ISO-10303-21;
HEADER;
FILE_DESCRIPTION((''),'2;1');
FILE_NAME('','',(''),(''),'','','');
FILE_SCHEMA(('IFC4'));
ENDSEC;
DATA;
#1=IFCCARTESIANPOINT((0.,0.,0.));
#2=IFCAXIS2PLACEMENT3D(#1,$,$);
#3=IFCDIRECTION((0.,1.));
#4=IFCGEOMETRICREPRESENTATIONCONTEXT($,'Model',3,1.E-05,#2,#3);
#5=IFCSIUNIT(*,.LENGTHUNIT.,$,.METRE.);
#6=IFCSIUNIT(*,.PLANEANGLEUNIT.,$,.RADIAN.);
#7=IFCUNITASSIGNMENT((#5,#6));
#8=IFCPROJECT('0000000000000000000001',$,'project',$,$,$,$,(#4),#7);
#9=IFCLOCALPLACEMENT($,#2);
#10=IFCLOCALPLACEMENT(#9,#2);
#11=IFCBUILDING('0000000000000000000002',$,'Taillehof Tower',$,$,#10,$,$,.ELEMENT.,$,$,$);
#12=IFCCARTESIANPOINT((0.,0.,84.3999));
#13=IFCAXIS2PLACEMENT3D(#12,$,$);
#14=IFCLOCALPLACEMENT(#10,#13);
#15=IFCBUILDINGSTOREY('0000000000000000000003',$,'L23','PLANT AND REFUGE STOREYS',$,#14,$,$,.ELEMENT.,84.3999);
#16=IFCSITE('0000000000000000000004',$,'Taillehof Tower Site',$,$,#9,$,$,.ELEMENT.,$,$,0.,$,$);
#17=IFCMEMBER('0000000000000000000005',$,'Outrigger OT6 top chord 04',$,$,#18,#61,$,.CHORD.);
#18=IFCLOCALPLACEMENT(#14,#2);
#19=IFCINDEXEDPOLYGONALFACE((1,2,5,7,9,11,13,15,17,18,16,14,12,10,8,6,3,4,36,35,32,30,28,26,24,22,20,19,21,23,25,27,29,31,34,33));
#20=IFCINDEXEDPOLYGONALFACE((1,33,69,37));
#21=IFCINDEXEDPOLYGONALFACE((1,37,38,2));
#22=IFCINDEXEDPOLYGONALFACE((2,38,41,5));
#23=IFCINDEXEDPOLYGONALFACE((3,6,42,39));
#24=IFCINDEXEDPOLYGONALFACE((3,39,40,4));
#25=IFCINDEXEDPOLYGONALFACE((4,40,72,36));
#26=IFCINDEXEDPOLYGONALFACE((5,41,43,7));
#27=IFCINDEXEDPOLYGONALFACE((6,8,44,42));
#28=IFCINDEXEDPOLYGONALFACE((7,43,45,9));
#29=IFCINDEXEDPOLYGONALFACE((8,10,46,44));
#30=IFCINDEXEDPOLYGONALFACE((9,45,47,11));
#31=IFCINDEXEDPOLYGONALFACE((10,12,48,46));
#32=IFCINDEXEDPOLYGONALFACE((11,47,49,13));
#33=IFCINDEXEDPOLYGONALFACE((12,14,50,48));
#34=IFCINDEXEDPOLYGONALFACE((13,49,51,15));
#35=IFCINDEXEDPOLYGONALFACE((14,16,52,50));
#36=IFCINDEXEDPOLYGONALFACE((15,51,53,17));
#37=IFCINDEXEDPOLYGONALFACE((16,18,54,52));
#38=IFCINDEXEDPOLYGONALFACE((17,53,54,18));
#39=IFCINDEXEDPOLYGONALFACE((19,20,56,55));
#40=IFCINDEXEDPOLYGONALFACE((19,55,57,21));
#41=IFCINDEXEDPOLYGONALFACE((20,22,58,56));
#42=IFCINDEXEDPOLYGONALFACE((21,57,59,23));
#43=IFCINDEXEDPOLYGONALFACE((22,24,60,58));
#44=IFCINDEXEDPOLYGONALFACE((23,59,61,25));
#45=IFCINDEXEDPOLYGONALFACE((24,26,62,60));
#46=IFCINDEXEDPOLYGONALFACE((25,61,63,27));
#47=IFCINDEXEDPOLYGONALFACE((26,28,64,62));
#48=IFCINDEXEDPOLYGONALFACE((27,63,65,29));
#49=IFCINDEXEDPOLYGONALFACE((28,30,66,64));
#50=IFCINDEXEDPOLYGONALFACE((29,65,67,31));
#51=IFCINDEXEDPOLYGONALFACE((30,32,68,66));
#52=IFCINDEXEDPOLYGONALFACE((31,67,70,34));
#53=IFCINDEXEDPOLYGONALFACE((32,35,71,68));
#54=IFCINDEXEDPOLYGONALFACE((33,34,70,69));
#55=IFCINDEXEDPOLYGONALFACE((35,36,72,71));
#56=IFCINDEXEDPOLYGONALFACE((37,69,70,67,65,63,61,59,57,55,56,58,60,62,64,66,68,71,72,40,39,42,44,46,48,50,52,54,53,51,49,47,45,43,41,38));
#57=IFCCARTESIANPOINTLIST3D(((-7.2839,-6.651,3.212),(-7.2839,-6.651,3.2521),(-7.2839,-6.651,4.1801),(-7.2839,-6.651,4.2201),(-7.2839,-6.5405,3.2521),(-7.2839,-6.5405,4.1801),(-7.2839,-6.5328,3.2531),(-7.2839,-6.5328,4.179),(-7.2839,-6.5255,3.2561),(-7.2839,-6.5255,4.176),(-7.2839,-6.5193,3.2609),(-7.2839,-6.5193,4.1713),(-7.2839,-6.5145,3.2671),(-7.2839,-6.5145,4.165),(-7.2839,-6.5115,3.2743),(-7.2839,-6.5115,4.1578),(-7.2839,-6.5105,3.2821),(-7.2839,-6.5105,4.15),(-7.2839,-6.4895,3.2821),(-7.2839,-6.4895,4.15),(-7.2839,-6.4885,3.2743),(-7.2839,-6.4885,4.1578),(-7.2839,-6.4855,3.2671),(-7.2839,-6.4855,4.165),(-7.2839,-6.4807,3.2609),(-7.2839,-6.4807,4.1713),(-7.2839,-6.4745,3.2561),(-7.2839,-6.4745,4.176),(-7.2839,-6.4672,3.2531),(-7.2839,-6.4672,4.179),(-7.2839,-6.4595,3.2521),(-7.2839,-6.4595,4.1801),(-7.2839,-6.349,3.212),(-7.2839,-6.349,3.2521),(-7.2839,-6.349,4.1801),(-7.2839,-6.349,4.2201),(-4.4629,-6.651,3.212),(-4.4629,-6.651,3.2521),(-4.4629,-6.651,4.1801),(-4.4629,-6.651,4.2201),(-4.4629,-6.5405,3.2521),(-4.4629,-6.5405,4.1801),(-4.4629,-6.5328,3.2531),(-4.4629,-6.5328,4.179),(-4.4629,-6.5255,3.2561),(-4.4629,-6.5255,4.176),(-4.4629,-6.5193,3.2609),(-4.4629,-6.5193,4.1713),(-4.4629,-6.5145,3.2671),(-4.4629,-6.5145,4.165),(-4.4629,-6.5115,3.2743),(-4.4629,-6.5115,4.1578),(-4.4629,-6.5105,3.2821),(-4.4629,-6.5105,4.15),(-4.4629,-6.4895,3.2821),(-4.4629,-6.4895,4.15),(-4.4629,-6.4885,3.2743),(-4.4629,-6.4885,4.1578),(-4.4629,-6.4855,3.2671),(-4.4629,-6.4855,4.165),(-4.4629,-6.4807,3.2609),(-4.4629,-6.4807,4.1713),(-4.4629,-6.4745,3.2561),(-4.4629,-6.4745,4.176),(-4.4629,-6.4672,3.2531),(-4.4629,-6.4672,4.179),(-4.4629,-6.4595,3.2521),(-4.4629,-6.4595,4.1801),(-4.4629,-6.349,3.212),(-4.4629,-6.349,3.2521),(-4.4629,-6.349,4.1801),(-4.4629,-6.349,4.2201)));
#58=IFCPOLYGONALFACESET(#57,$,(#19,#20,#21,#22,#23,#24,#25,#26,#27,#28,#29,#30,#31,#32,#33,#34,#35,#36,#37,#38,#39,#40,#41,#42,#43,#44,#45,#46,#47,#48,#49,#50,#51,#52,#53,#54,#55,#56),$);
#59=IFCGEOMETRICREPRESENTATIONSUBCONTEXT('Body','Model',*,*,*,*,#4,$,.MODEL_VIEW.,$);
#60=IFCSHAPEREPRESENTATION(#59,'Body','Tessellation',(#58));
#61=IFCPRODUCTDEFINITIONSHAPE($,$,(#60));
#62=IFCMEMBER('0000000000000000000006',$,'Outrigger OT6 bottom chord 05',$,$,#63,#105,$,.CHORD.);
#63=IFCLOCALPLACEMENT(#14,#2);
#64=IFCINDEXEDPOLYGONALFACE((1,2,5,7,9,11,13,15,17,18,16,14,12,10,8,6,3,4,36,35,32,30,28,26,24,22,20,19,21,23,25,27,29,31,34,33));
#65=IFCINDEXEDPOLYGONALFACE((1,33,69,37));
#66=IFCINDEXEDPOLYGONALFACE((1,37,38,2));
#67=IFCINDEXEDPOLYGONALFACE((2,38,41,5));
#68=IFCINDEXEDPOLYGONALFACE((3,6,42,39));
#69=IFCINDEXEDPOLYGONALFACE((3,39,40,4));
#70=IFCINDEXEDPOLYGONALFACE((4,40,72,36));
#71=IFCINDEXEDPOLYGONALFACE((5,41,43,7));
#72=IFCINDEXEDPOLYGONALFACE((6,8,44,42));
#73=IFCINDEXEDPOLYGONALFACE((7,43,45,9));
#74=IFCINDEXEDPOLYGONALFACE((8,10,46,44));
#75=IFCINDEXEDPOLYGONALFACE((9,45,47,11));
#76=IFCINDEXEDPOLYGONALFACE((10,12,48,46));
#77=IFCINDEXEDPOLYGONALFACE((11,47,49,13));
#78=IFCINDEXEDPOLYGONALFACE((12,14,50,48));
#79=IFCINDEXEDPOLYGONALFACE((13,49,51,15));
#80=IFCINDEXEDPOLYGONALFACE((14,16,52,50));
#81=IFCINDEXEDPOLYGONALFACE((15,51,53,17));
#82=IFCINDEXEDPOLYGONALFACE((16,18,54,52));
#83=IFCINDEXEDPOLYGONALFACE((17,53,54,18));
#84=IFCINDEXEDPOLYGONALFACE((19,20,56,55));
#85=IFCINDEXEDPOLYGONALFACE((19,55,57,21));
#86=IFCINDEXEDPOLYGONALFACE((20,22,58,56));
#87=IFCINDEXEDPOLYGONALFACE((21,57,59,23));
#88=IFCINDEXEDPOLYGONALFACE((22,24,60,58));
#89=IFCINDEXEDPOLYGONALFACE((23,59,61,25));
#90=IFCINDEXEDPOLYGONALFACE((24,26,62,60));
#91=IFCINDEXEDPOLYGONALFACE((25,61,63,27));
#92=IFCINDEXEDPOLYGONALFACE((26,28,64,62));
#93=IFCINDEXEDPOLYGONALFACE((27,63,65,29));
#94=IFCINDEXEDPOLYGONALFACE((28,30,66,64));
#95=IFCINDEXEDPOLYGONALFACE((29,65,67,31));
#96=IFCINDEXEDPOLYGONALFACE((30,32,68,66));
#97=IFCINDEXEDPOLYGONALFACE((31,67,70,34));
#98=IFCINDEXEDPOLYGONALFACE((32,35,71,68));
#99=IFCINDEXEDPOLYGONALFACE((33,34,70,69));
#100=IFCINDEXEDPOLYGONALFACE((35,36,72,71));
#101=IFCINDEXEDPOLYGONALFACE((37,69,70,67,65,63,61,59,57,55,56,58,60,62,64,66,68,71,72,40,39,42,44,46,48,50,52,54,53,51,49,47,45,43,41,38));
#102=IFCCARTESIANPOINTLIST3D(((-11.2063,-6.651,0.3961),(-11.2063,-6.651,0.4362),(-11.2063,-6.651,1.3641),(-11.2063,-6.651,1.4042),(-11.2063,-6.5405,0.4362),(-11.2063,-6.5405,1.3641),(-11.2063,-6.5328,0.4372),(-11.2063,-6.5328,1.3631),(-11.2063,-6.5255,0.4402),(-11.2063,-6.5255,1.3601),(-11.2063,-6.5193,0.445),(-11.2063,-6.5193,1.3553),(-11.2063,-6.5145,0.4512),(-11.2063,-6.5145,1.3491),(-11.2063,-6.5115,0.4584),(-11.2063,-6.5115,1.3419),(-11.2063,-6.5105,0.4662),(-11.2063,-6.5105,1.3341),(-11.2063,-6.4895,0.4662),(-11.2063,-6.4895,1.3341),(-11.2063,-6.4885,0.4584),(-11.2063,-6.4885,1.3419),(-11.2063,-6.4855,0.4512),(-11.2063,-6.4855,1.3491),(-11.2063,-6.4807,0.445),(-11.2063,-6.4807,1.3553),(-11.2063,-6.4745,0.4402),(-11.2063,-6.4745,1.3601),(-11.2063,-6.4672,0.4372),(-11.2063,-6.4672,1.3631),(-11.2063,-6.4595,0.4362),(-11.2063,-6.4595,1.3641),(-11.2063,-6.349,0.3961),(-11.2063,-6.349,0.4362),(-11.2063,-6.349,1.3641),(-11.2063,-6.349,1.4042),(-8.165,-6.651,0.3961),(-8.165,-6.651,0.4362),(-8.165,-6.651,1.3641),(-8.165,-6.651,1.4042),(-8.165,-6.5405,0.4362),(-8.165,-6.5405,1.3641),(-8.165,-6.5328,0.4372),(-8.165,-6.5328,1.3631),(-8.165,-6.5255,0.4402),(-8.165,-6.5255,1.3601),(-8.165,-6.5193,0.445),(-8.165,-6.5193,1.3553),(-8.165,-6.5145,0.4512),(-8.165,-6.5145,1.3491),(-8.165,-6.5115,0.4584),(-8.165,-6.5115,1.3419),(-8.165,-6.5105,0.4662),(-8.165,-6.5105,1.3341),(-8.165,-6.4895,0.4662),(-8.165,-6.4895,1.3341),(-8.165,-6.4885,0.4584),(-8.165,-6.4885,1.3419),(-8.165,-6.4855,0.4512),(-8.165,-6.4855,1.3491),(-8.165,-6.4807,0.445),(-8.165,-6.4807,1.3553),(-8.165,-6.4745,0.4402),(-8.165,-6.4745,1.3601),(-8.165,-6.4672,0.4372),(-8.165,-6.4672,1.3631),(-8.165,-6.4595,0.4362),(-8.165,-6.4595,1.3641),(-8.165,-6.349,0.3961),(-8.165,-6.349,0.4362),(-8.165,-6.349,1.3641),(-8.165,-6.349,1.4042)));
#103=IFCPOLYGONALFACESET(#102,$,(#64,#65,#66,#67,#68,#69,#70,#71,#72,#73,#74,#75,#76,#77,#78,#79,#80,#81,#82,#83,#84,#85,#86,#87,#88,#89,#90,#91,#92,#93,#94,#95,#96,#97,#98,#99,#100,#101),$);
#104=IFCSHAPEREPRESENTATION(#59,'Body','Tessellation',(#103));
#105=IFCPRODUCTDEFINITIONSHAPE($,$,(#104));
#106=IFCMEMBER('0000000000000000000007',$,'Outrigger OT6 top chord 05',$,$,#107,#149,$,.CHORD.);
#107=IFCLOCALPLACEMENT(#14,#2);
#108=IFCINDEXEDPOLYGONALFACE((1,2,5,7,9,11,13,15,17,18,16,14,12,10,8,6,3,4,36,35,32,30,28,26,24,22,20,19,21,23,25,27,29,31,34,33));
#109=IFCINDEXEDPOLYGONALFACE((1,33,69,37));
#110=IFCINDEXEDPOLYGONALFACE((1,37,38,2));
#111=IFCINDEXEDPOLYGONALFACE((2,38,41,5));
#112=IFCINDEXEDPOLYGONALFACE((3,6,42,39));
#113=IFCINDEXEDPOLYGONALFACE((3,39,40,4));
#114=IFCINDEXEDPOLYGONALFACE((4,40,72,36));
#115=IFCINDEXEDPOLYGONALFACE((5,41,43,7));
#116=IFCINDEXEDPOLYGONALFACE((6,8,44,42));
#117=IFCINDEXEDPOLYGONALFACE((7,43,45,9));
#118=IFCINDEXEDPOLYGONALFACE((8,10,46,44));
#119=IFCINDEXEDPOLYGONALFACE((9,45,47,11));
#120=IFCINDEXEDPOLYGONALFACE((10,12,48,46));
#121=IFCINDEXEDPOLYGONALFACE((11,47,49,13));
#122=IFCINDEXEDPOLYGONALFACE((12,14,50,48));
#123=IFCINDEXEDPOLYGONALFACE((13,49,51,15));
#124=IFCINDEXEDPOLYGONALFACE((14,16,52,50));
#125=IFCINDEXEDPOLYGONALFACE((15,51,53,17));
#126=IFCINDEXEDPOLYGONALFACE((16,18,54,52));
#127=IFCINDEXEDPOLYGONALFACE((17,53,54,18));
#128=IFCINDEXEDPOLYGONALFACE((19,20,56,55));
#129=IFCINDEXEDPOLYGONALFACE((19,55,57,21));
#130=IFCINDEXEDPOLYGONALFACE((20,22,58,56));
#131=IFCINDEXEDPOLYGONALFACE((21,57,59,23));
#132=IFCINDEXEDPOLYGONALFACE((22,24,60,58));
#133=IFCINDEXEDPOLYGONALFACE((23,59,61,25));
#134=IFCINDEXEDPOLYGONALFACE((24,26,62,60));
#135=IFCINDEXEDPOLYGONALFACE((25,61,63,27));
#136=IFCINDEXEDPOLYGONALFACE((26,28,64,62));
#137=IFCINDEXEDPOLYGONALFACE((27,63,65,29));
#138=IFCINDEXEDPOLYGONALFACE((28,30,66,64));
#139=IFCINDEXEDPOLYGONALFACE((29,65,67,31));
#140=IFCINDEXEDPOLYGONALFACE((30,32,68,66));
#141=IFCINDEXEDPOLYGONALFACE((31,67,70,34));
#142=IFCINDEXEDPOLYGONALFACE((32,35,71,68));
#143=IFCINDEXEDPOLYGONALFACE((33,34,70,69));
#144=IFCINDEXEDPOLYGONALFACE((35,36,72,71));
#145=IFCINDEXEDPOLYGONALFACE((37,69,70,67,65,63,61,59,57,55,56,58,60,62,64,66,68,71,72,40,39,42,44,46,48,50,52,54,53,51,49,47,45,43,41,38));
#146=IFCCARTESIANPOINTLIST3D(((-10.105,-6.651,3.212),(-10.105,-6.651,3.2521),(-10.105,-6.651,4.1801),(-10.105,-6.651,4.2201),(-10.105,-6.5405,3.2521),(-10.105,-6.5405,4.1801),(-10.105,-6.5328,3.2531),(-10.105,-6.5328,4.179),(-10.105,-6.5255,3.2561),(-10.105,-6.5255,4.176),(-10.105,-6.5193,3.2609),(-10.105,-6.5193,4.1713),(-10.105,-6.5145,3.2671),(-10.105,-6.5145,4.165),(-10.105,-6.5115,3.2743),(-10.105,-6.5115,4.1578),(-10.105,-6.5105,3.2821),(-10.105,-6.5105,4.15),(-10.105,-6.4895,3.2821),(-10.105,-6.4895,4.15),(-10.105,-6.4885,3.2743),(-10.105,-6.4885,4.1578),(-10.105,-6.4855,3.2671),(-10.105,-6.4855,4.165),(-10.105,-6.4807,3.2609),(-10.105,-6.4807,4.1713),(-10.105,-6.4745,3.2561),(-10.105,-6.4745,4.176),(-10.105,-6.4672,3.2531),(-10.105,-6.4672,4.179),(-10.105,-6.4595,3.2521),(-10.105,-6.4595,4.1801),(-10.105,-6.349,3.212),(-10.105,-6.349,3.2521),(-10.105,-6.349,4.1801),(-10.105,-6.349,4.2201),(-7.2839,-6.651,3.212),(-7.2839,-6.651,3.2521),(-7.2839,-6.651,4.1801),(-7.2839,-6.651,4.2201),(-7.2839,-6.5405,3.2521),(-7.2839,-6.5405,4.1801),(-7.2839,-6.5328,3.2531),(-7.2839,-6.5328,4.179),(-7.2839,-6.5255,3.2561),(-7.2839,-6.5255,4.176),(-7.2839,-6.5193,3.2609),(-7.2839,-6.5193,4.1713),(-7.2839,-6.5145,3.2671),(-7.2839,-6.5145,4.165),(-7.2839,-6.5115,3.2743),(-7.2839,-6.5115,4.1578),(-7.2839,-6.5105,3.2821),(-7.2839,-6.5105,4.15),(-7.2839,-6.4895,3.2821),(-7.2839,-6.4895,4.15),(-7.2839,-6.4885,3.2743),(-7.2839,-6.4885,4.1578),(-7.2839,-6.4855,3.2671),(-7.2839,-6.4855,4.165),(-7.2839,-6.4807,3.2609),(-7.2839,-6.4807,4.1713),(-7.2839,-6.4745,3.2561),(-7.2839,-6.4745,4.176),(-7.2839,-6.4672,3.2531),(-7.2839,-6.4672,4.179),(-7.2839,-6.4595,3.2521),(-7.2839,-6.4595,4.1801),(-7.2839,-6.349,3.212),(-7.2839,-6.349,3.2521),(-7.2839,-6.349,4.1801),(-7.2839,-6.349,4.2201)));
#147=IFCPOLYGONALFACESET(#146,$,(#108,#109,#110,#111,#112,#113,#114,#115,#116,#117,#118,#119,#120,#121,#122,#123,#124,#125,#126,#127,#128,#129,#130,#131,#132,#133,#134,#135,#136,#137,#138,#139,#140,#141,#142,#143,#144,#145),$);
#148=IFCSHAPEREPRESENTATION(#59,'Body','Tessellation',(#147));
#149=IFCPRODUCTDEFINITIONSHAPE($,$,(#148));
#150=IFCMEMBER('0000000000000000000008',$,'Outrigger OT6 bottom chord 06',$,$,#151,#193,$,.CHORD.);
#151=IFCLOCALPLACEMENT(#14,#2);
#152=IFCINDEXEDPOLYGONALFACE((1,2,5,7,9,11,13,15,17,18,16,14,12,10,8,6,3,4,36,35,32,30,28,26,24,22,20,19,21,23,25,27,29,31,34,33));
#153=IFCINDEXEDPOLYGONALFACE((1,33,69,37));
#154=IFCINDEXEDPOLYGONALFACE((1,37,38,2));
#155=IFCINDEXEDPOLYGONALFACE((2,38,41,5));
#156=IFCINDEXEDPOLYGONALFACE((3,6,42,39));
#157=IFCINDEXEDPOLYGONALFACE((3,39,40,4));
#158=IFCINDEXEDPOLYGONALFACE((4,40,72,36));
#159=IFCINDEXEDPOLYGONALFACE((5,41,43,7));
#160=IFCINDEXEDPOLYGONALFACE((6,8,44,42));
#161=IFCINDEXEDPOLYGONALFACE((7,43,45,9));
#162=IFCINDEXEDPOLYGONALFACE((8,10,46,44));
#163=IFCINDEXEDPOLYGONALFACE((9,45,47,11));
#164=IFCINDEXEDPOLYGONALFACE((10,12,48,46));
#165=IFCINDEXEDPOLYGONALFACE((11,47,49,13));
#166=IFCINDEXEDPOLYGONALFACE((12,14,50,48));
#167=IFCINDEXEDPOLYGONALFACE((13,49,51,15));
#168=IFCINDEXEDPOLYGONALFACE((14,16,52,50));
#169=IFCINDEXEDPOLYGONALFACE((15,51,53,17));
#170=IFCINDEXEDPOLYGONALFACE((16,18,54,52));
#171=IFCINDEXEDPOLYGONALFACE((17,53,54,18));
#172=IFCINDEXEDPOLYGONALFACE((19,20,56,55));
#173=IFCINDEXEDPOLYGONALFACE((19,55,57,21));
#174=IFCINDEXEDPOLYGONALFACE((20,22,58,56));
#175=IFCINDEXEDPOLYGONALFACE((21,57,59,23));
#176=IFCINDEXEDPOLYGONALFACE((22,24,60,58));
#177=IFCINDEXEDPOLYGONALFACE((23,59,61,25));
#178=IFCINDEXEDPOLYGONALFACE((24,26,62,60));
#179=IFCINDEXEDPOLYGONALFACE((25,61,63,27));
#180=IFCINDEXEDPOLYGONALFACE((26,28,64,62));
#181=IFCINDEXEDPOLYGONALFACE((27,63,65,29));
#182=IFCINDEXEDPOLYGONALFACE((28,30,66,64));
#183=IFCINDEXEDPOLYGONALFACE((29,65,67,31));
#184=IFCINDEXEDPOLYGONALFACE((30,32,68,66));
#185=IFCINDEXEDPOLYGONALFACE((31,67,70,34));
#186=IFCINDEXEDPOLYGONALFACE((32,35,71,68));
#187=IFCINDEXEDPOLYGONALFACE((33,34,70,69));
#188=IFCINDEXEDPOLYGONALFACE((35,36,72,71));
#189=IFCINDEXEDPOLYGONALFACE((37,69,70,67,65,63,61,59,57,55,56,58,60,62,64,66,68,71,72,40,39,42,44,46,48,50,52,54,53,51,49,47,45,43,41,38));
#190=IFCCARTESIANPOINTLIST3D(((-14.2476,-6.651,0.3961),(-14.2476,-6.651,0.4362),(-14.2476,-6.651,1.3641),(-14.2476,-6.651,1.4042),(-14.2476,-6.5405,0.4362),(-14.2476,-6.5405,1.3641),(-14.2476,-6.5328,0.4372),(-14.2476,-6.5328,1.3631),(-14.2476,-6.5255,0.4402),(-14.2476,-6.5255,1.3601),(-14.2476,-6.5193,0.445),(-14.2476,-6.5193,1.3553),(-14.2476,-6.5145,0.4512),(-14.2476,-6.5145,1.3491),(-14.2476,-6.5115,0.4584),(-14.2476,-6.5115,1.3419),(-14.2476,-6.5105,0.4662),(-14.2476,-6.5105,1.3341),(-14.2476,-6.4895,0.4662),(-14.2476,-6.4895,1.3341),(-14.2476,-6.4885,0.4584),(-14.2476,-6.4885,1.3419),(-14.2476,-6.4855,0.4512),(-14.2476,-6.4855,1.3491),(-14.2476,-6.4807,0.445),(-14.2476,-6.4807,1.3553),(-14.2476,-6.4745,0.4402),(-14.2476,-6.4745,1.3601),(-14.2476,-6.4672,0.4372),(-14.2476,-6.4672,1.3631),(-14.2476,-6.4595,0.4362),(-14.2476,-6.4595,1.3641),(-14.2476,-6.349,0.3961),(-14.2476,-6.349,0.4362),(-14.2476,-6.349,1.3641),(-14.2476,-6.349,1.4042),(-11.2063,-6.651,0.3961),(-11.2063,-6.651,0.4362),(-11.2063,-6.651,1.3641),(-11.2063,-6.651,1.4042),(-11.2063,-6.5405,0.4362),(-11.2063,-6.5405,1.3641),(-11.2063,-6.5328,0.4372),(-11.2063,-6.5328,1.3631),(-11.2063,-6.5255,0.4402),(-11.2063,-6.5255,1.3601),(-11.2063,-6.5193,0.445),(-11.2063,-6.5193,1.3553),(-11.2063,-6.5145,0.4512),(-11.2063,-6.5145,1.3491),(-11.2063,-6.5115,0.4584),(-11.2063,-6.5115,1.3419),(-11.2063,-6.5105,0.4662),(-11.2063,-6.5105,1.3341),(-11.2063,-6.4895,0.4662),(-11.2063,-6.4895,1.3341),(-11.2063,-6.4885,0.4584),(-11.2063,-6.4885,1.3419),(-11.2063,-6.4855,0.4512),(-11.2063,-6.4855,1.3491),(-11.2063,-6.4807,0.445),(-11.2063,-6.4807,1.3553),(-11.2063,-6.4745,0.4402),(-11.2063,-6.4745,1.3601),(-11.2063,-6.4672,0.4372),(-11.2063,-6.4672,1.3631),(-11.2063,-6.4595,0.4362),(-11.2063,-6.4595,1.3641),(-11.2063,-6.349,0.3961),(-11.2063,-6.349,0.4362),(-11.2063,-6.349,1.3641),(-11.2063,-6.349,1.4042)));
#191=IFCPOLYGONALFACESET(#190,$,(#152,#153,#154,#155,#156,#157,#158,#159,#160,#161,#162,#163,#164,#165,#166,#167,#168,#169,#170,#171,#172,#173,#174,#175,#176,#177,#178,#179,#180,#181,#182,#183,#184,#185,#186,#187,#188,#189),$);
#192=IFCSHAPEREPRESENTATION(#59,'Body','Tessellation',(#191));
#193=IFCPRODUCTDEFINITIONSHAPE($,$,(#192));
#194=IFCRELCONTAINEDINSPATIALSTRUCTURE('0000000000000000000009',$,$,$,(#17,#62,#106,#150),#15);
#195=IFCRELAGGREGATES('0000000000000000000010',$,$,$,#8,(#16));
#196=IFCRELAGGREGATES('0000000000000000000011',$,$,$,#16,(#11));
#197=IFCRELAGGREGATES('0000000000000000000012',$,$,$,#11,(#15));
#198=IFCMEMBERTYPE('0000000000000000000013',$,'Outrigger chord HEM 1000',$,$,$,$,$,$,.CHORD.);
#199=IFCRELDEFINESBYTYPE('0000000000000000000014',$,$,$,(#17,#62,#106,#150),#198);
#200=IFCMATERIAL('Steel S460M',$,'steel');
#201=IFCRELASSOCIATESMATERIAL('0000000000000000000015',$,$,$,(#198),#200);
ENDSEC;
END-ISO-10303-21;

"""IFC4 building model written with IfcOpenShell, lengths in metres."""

from ifc_helpers import new_model, si_unit, direction, frame, origin, origin_2d, place, context, subcontext, project, spatial, i_section, extrude, material, material_profile, profile_set, type_object, element, save


model = new_model("IFC4")

# Units and contexts
model_context = context("Model", 3, precision=1e-05, world=origin(), true_north=direction((0.0, 1.0)))
body_context = subcontext(model_context, "Body", "Model", "MODEL_VIEW")
ifc_project = project(units=[si_unit("LENGTHUNIT", "METRE"), si_unit("PLANEANGLEUNIT", "RADIAN")], contexts=[model_context])

# Site, building, storey
site_placement = place(None, origin())
site = spatial("IfcSite", under=ifc_project, at=site_placement, Name="Taillehof Tower Site", CompositionType="ELEMENT", RefElevation=0.0)
building_placement = place(site_placement, origin())
building = spatial("IfcBuilding", under=site, at=building_placement, Name="Taillehof Tower", CompositionType="ELEMENT")
storey_placement = place(building_placement, frame((0.0, 0.0, 84.3999)))
storey = spatial("IfcBuildingStorey", under=building, at=storey_placement, Name="L23", Description="PLANT AND REFUGE STOREYS", CompositionType="ELEMENT", Elevation=84.3999)

# Members
ifc_material_1 = material(Name="Steel S460M", Category="steel")
ifc_material_profile_1 = material_profile(ifc_material_1, i_section(OverallWidth=0.302, OverallDepth=1.0081, WebThickness=0.021, FlangeThickness=0.04, FilletRadius=0.03, at=origin_2d()), Name="HEM 1000")
ifc_profile_set_1 = profile_set([ifc_material_profile_1], Name="Steel S460M")
member_type_1 = type_object("IfcMemberType", Name="Outrigger chord HEM 1000", PredefinedType="CHORD", material=ifc_profile_set_1)
member_1_placement = place(storey_placement, frame((-4.4629, -6.5, 3.7161), z_axis=(-1.0, 0.0, 0.0), x_axis=(0.0, -1.0, 0.0)))
element("IfcMember", 1, at=member_1_placement, inside=storey, type_object=member_type_1, Name="Outrigger OT6 top chord 04", PredefinedType="CHORD", context=body_context, shape_type="SweptSolid", body=[
    extrude(i_section(OverallWidth=0.302, OverallDepth=1.0081, WebThickness=0.021, FlangeThickness=0.04, FilletRadius=0.03, at=origin_2d()), origin(), (0.0, 0.0, 1.0), 2.821),
])
member_2_placement = place(storey_placement, frame((-8.165, -6.5, 0.9001), z_axis=(-1.0, 0.0, 0.0), x_axis=(0.0, -1.0, 0.0)))
element("IfcMember", 2, at=member_2_placement, inside=storey, type_object=member_type_1, Name="Outrigger OT6 bottom chord 05", PredefinedType="CHORD", context=body_context, shape_type="SweptSolid", body=[
    extrude(i_section(OverallWidth=0.302, OverallDepth=1.0081, WebThickness=0.021, FlangeThickness=0.04, FilletRadius=0.03, at=origin_2d()), origin(), (0.0, 0.0, 1.0), 3.0413),
])
member_3_placement = place(storey_placement, frame((-7.2839, -6.5, 3.7161), z_axis=(-1.0, 0.0, 0.0), x_axis=(0.0, -1.0, 0.0)))
element("IfcMember", 3, at=member_3_placement, inside=storey, type_object=member_type_1, Name="Outrigger OT6 top chord 05", PredefinedType="CHORD", context=body_context, shape_type="SweptSolid", body=[
    extrude(i_section(OverallWidth=0.302, OverallDepth=1.0081, WebThickness=0.021, FlangeThickness=0.04, FilletRadius=0.03, at=origin_2d()), origin(), (0.0, 0.0, 1.0), 2.821),
])
member_4_placement = place(storey_placement, frame((-11.2063, -6.5, 0.9001), z_axis=(-1.0, 0.0, 0.0), x_axis=(0.0, -1.0, 0.0)))
element("IfcMember", 4, at=member_4_placement, inside=storey, type_object=member_type_1, Name="Outrigger OT6 bottom chord 06", PredefinedType="CHORD", context=body_context, shape_type="SweptSolid", body=[
    extrude(i_section(OverallWidth=0.302, OverallDepth=1.0081, WebThickness=0.021, FlangeThickness=0.04, FilletRadius=0.03, at=origin_2d()), origin(), (0.0, 0.0, 1.0), 3.0413),
])

save(model, "model.ifc")
